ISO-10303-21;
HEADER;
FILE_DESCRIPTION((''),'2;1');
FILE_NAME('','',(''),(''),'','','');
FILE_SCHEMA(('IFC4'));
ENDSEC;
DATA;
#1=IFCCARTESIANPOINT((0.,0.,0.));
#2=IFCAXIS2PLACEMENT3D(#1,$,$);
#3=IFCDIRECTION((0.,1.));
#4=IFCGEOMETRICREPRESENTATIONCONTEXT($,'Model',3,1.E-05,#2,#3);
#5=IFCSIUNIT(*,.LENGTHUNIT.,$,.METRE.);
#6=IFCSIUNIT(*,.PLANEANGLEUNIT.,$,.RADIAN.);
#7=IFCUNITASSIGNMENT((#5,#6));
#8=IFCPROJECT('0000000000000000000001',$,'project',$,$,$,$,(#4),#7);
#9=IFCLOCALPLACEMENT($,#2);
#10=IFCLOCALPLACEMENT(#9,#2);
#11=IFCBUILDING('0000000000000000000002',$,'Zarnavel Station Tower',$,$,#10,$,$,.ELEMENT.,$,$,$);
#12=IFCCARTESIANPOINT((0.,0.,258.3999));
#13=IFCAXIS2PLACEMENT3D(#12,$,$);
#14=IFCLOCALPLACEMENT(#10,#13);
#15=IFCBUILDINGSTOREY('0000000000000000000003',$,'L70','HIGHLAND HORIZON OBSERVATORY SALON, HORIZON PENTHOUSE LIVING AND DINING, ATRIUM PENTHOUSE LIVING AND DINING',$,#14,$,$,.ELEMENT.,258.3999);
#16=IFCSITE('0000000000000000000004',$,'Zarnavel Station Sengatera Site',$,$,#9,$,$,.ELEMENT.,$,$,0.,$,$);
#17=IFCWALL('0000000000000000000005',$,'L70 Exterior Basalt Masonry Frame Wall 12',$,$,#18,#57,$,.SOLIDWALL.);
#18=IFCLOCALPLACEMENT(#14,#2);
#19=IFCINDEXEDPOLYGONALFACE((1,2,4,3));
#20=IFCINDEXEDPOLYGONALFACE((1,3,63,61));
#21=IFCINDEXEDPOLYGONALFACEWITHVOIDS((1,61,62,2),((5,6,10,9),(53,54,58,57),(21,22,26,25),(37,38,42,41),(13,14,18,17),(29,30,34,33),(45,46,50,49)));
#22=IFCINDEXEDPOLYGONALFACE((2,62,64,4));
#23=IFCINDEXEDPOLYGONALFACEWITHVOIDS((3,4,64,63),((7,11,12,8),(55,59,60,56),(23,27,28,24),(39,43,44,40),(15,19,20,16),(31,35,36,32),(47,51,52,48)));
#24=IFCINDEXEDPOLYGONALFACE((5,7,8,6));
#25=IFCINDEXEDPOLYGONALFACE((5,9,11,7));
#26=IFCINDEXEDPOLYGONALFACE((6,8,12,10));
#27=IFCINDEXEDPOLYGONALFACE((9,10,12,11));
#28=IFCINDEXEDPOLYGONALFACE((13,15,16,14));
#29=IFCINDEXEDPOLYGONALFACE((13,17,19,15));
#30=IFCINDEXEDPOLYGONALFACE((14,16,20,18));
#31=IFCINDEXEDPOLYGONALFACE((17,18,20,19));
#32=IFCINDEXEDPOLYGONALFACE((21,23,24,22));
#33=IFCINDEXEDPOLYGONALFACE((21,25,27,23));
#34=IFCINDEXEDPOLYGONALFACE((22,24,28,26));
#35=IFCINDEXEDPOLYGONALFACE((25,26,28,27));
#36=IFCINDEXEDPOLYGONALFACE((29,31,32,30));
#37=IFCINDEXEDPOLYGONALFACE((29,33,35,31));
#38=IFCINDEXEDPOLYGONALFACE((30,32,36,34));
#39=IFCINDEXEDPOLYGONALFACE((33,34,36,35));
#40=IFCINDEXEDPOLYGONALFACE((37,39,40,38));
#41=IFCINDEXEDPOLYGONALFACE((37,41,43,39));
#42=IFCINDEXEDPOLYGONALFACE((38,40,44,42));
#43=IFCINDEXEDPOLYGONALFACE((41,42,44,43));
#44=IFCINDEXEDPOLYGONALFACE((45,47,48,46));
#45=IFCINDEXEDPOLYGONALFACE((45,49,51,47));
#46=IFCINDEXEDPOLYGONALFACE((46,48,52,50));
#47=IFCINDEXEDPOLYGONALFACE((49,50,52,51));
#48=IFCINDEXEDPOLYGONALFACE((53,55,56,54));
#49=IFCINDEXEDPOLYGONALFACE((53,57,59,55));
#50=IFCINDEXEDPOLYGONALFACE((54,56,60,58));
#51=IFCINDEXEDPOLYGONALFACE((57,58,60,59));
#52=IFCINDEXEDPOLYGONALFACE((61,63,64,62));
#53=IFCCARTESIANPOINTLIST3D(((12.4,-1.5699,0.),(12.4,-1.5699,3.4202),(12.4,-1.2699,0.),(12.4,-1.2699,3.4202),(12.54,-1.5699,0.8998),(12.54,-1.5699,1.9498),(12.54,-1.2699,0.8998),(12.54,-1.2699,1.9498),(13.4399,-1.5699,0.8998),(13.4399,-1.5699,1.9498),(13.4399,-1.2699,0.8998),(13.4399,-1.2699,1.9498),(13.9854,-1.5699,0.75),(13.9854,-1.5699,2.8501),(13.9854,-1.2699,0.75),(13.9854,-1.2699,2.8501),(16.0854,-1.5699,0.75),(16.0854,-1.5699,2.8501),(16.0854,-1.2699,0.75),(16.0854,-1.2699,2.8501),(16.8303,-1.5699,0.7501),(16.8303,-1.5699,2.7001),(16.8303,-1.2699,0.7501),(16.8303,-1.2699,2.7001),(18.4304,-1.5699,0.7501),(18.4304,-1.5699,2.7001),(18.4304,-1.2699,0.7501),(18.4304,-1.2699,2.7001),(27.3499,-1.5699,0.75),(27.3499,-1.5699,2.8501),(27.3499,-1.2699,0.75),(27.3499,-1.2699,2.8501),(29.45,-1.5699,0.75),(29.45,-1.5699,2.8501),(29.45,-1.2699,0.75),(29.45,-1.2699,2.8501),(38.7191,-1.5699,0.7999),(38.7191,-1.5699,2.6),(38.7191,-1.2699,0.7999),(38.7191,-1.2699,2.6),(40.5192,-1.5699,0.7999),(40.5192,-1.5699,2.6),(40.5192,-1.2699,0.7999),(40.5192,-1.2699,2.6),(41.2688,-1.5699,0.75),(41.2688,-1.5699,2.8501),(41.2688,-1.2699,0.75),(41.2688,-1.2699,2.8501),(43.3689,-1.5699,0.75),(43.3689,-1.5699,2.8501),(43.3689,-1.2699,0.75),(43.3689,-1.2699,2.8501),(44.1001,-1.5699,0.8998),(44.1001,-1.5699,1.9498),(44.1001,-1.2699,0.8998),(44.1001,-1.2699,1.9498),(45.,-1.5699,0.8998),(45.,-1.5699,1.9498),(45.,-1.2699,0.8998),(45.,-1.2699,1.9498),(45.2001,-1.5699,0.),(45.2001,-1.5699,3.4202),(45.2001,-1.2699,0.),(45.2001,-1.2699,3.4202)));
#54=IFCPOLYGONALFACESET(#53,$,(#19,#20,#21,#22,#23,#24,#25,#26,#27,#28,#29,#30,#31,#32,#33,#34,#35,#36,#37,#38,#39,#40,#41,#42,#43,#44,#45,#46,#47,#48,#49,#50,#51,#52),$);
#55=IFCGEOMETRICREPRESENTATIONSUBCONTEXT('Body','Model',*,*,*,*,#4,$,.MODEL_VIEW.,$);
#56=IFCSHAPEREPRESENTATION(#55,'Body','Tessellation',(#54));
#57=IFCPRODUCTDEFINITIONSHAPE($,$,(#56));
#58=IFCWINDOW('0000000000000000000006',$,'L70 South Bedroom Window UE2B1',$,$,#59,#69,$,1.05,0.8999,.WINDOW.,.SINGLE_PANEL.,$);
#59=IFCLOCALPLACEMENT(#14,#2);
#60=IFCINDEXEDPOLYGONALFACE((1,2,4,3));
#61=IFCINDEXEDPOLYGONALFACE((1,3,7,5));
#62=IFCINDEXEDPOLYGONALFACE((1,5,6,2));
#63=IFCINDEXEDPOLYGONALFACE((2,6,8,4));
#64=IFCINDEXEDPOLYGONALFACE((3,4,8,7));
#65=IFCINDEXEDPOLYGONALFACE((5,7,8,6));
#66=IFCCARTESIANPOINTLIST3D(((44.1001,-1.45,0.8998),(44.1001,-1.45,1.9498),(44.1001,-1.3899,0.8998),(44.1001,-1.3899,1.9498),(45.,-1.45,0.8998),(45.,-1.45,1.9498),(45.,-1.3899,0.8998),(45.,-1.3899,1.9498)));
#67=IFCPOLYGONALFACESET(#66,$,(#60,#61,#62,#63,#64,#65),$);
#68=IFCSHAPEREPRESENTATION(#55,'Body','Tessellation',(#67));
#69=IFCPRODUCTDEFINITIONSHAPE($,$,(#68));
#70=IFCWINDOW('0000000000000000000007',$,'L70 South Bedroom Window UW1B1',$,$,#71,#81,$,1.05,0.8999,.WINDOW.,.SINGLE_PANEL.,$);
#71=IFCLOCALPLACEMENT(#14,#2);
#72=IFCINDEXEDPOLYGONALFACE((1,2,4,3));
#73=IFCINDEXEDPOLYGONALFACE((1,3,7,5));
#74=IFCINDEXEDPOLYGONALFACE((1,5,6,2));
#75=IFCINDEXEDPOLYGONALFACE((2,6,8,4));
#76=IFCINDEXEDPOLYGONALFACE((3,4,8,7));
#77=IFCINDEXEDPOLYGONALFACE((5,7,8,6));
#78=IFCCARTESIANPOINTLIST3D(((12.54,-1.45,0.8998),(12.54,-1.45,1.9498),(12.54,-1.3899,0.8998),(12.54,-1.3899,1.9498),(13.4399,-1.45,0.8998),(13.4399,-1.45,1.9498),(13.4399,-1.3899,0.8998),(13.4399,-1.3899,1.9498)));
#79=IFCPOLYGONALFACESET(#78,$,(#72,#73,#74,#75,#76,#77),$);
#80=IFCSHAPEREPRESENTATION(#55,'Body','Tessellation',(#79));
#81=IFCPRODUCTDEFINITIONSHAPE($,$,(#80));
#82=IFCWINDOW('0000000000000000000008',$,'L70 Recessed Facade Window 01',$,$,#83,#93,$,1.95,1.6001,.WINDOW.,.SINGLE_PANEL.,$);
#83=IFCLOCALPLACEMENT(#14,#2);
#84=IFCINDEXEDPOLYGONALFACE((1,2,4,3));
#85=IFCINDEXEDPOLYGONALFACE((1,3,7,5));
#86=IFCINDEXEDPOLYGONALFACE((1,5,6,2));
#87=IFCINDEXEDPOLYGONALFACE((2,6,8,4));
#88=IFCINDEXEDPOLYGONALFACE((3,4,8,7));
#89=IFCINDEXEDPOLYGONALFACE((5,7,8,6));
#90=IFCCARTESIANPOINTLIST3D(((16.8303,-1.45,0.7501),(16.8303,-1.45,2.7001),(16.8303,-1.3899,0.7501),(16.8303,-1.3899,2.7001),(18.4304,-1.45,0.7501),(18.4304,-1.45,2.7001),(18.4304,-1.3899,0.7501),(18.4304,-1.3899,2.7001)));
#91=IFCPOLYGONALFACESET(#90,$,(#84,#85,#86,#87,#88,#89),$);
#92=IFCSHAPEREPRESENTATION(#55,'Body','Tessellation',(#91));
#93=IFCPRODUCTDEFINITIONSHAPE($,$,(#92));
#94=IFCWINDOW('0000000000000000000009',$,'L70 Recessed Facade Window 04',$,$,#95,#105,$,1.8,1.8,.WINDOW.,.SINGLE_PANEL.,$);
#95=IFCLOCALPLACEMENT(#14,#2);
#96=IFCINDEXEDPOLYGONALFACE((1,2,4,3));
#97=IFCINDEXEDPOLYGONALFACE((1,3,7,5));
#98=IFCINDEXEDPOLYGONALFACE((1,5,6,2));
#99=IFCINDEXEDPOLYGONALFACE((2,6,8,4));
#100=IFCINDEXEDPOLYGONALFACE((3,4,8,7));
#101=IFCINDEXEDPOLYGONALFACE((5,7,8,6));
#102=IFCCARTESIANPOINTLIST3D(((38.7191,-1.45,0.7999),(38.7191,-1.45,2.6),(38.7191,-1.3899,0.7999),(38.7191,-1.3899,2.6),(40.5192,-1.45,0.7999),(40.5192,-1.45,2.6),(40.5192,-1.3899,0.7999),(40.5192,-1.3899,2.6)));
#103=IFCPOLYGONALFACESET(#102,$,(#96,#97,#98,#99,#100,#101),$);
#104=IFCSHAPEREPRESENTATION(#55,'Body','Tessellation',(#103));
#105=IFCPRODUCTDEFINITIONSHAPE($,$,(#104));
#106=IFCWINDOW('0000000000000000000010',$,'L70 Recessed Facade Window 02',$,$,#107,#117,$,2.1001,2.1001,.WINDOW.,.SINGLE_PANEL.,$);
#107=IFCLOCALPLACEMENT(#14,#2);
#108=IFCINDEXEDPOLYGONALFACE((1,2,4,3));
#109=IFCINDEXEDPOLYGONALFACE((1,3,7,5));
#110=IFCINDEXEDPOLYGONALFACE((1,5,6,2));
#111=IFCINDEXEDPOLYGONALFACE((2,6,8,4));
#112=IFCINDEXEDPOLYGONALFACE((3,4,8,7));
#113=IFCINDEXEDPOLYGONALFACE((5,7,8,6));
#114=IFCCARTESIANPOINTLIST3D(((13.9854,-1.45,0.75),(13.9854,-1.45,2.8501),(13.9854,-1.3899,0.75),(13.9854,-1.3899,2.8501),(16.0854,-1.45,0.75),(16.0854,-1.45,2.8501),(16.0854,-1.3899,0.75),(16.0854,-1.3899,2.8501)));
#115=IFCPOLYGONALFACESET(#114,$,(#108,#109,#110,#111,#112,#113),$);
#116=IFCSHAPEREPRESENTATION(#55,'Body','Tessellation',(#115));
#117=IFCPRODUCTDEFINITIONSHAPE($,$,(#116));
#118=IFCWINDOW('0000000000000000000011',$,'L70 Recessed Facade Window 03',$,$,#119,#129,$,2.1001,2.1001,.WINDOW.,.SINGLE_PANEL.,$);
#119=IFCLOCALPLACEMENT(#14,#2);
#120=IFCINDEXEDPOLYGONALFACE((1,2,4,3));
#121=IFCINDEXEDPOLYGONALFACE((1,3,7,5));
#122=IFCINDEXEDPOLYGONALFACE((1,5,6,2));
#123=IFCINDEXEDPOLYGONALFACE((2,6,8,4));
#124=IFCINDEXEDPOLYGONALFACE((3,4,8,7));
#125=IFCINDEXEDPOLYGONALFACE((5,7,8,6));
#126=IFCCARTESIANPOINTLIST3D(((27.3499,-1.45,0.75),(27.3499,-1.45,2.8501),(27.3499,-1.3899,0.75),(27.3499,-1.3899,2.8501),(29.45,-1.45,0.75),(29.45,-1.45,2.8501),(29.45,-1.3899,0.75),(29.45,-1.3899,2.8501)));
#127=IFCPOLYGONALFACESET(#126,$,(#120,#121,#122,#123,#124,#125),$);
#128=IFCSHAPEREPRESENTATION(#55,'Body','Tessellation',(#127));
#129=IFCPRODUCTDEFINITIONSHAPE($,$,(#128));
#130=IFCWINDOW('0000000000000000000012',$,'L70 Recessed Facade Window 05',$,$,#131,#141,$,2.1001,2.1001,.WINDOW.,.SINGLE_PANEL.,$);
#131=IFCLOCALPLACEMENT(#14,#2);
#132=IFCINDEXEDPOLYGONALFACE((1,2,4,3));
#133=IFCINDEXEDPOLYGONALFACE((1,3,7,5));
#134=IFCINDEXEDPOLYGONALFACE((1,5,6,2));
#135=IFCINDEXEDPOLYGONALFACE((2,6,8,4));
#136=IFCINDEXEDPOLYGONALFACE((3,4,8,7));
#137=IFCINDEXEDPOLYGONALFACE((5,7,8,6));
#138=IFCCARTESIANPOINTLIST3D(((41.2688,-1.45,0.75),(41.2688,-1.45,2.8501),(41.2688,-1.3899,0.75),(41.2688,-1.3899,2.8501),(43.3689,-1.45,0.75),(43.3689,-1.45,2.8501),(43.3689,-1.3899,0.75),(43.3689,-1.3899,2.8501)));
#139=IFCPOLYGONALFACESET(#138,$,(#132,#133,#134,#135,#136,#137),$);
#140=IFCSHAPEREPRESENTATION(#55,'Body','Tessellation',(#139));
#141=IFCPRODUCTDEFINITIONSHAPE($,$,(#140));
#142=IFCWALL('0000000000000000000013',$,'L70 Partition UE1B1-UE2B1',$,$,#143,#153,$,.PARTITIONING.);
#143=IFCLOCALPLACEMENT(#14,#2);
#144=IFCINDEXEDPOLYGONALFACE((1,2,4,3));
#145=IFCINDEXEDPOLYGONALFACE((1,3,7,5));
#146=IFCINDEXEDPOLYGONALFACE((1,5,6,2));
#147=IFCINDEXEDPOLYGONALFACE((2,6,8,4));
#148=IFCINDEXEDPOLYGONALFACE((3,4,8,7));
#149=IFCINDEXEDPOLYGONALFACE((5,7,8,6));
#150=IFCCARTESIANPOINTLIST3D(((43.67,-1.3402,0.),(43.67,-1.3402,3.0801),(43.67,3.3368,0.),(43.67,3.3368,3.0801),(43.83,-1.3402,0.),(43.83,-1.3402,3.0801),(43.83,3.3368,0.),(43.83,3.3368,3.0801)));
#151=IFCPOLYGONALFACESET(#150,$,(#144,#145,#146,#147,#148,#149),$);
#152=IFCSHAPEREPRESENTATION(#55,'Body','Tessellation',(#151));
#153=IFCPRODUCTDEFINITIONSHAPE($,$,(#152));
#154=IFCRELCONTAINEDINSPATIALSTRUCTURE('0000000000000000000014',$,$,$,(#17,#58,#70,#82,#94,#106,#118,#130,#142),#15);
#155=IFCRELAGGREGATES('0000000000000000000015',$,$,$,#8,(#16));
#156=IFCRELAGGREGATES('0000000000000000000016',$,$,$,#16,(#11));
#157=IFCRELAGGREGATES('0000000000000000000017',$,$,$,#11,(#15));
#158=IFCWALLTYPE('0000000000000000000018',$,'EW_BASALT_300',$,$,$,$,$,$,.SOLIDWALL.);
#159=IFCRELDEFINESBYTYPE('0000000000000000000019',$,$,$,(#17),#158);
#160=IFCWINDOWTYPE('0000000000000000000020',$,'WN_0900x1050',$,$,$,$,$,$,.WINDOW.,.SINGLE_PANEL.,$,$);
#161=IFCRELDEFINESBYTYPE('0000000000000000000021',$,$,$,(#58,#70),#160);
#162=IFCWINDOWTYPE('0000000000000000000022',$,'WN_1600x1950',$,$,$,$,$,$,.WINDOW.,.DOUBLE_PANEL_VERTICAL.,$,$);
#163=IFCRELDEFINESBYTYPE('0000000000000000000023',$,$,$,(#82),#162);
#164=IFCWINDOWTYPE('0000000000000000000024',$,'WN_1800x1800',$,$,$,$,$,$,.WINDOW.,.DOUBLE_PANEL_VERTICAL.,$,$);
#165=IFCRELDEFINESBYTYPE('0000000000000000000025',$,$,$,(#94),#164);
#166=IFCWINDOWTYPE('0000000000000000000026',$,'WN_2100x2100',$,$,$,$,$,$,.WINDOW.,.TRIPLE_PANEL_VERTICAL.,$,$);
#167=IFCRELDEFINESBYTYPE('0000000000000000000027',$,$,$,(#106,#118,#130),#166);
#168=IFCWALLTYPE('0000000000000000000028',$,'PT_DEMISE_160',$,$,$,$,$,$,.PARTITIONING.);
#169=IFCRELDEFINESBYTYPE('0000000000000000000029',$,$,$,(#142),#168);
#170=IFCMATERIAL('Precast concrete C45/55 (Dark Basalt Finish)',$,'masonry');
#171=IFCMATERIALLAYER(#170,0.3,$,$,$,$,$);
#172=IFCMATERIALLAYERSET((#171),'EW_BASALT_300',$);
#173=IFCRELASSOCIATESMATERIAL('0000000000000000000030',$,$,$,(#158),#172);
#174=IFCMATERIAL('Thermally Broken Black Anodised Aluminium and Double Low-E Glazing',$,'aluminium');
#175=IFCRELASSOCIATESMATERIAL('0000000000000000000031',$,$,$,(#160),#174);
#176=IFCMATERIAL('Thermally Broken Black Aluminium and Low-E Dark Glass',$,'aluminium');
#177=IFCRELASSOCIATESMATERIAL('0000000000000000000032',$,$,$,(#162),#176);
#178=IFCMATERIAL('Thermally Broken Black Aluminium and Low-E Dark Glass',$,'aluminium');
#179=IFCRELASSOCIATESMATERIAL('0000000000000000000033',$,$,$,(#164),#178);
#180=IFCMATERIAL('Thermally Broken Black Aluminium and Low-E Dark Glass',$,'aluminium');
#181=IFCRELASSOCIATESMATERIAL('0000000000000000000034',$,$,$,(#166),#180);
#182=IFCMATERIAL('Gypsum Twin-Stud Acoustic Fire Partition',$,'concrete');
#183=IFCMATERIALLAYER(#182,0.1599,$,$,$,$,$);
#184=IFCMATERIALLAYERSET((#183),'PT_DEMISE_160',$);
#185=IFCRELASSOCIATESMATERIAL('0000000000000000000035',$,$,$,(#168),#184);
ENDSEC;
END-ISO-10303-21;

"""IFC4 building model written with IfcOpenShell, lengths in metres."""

from ifc_helpers import new_model, si_unit, direction, frame, frame_2d, origin, place, context, subcontext, project, spatial, rectangle, extrude, material, layer, layer_set, type_object, element, fill, save


model = new_model("IFC4")

# Units and contexts
model_context = context("Model", 3, precision=1e-05, world=origin(), true_north=direction((0.0, 1.0)))
body_context = subcontext(model_context, "Body", "Model", "MODEL_VIEW")
ifc_project = project(units=[si_unit("LENGTHUNIT", "METRE"), si_unit("PLANEANGLEUNIT", "RADIAN")], contexts=[model_context])

# Site, building, storey
site_placement = place(None, origin())
site = spatial("IfcSite", under=ifc_project, at=site_placement, Name="Zarnavel Station Sengatera Site", CompositionType="ELEMENT", RefElevation=0.0)
building_placement = place(site_placement, origin())
building = spatial("IfcBuilding", under=site, at=building_placement, Name="Zarnavel Station Tower", CompositionType="ELEMENT")
storey_placement = place(building_placement, frame((0.0, 0.0, 258.3999)))
storey = spatial("IfcBuildingStorey", under=building, at=storey_placement, Name="L70", Description="HIGHLAND HORIZON OBSERVATORY SALON, HORIZON PENTHOUSE LIVING AND DINING, ATRIUM PENTHOUSE LIVING AND DINING", CompositionType="ELEMENT", Elevation=258.3999)

# Shared definitions
ifc_material_1 = material(Name="Precast concrete C45/55 (Dark Basalt Finish)", Category="masonry")
ifc_layer_1 = layer(ifc_material_1, 0.3)
ifc_layer_set_1 = layer_set([ifc_layer_1], Name="EW_BASALT_300")
wall_type_1 = type_object("IfcWallType", Name="EW_BASALT_300", PredefinedType="SOLIDWALL", material=ifc_layer_set_1)

# Wall, openings, windows
wall_1_placement = place(storey_placement, frame((45.2, -1.4199, 0.0), z_axis=(0.0, 0.0, 1.0), x_axis=(-1.0, 0.0, 0.0)))
wall_1 = element("IfcWall", 1, at=wall_1_placement, inside=storey, type_object=wall_type_1, Name="L70 Exterior Basalt Masonry Frame Wall 12", PredefinedType="SOLIDWALL", context=body_context, shape_type="SweptSolid", body=[
    extrude(rectangle(XDim=32.8, YDim=0.3, at=frame_2d((16.3999, 0.0))), origin(), (0.0, 0.0, 1.0), 3.4202),
])
opening_1_placement = place(wall_1_placement, frame((26.7695, 0.0, 0.75)))
opening_1 = element("IfcOpeningElement", 2, at=opening_1_placement, cuts=wall_1, PredefinedType="OPENING", context=body_context, shape_type="SweptSolid", body=[
    extrude(rectangle(XDim=1.6001, YDim=1.95, at=frame_2d((0.8, 0.9751))), frame((0.0, 0.1599, 0.0), z_axis=(0.0, -1.0, 0.0), x_axis=(1.0, 0.0, 0.0)), (0.0, 0.0, 1.0), 0.3201),
])
opening_2_placement = place(wall_1_placement, frame((29.1145, 0.0, 0.75)))
opening_2 = element("IfcOpeningElement", 3, at=opening_2_placement, cuts=wall_1, PredefinedType="OPENING", context=body_context, shape_type="SweptSolid", body=[
    extrude(rectangle(XDim=2.1001, YDim=2.1001, at=frame_2d((1.05, 1.05))), frame((0.0, 0.1599, 0.0), z_axis=(0.0, -1.0, 0.0), x_axis=(1.0, 0.0, 0.0)), (0.0, 0.0, 1.0), 0.3201),
])
opening_3_placement = place(wall_1_placement, frame((15.75, 0.0, 0.75)))
opening_3 = element("IfcOpeningElement", 4, at=opening_3_placement, cuts=wall_1, PredefinedType="OPENING", context=body_context, shape_type="SweptSolid", body=[
    extrude(rectangle(XDim=2.1001, YDim=2.1001, at=frame_2d((1.05, 1.05))), frame((0.0, 0.1599, 0.0), z_axis=(0.0, -1.0, 0.0), x_axis=(1.0, 0.0, 0.0)), (0.0, 0.0, 1.0), 0.3201),
])
opening_4_placement = place(wall_1_placement, frame((4.6809, 0.0, 0.8)))
opening_4 = element("IfcOpeningElement", 5, at=opening_4_placement, cuts=wall_1, PredefinedType="OPENING", context=body_context, shape_type="SweptSolid", body=[
    extrude(rectangle(XDim=1.8, YDim=1.8, at=frame_2d((0.8999, 0.8999))), frame((0.0, 0.1599, 0.0), z_axis=(0.0, -1.0, 0.0), x_axis=(1.0, 0.0, 0.0)), (0.0, 0.0, 1.0), 0.3201),
])
opening_5_placement = place(wall_1_placement, frame((1.8311, 0.0, 0.75)))
opening_5 = element("IfcOpeningElement", 6, at=opening_5_placement, cuts=wall_1, PredefinedType="OPENING", context=body_context, shape_type="SweptSolid", body=[
    extrude(rectangle(XDim=2.1001, YDim=2.1001, at=frame_2d((1.05, 1.05))), frame((0.0, 0.1599, 0.0), z_axis=(0.0, -1.0, 0.0), x_axis=(1.0, 0.0, 0.0)), (0.0, 0.0, 1.0), 0.3201),
])
opening_6_placement = place(wall_1_placement, frame((0.2, 0.0, 0.8999)))
opening_6 = element("IfcOpeningElement", 7, at=opening_6_placement, cuts=wall_1, PredefinedType="OPENING", context=body_context, shape_type="SweptSolid", body=[
    extrude(rectangle(XDim=0.8999, YDim=1.05, at=frame_2d((0.45, 0.5249))), frame((0.0, 0.1599, 0.0), z_axis=(0.0, -1.0, 0.0), x_axis=(1.0, 0.0, 0.0)), (0.0, 0.0, 1.0), 0.3201),
])
opening_7_placement = place(wall_1_placement, frame((31.76, 0.0, 0.8999)))
opening_7 = element("IfcOpeningElement", 8, at=opening_7_placement, cuts=wall_1, PredefinedType="OPENING", context=body_context, shape_type="SweptSolid", body=[
    extrude(rectangle(XDim=0.8999, YDim=1.05, at=frame_2d((0.45, 0.5249))), frame((0.0, 0.1599, 0.0), z_axis=(0.0, -1.0, 0.0), x_axis=(1.0, 0.0, 0.0)), (0.0, 0.0, 1.0), 0.3201),
])
ifc_material_2 = material(Name="Thermally Broken Black Anodised Aluminium and Double Low-E Glazing", Category="aluminium")
window_type_1 = type_object("IfcWindowType", Name="WN_0900x1050", PartitioningType="SINGLE_PANEL", PredefinedType="WINDOW", material=ifc_material_2)
window_1_placement = place(opening_6_placement, origin())
window_1 = element("IfcWindow", 9, at=window_1_placement, inside=storey, type_object=window_type_1, Name="L70 South Bedroom Window UE2B1", OverallHeight=1.05, OverallWidth=0.8999, PartitioningType="SINGLE_PANEL", PredefinedType="WINDOW", context=body_context, shape_type="SweptSolid", body=[
    extrude(rectangle(XDim=0.8999, YDim=1.05, at=frame_2d((0.45, 0.5249))), frame((0.0, 0.03, 0.0), z_axis=(0.0, -1.0, 0.0), x_axis=(1.0, 0.0, 0.0)), (0.0, 0.0, 1.0), 0.0601),
])
fill(opening_6, window_1)
window_2_placement = place(opening_7_placement, origin())
window_2 = element("IfcWindow", 10, at=window_2_placement, inside=storey, type_object=window_type_1, Name="L70 South Bedroom Window UW1B1", OverallHeight=1.05, OverallWidth=0.8999, PartitioningType="SINGLE_PANEL", PredefinedType="WINDOW", context=body_context, shape_type="SweptSolid", body=[
    extrude(rectangle(XDim=0.8999, YDim=1.05, at=frame_2d((0.45, 0.5249))), frame((0.0, 0.03, 0.0), z_axis=(0.0, -1.0, 0.0), x_axis=(1.0, 0.0, 0.0)), (0.0, 0.0, 1.0), 0.0601),
])
fill(opening_7, window_2)
ifc_material_3 = material(Name="Thermally Broken Black Aluminium and Low-E Dark Glass", Category="aluminium")
window_type_2 = type_object("IfcWindowType", Name="WN_1600x1950", PartitioningType="DOUBLE_PANEL_VERTICAL", PredefinedType="WINDOW", material=ifc_material_3)
window_3_placement = place(opening_1_placement, origin())
window_3 = element("IfcWindow", 11, at=window_3_placement, inside=storey, type_object=window_type_2, Name="L70 Recessed Facade Window 01", OverallHeight=1.95, OverallWidth=1.6001, PartitioningType="SINGLE_PANEL", PredefinedType="WINDOW", context=body_context, shape_type="SweptSolid", body=[
    extrude(rectangle(XDim=1.6001, YDim=1.95, at=frame_2d((0.8, 0.9751))), frame((0.0, 0.03, 0.0), z_axis=(0.0, -1.0, 0.0), x_axis=(1.0, 0.0, 0.0)), (0.0, 0.0, 1.0), 0.0601),
])
fill(opening_1, window_3)
ifc_material_4 = material(Name="Thermally Broken Black Aluminium and Low-E Dark Glass", Category="aluminium")
window_type_3 = type_object("IfcWindowType", Name="WN_1800x1800", PartitioningType="DOUBLE_PANEL_VERTICAL", PredefinedType="WINDOW", material=ifc_material_4)
window_4_placement = place(opening_4_placement, origin())
window_4 = element("IfcWindow", 12, at=window_4_placement, inside=storey, type_object=window_type_3, Name="L70 Recessed Facade Window 04", OverallHeight=1.8, OverallWidth=1.8, PartitioningType="SINGLE_PANEL", PredefinedType="WINDOW", context=body_context, shape_type="SweptSolid", body=[
    extrude(rectangle(XDim=1.8, YDim=1.8, at=frame_2d((0.8999, 0.8999))), frame((0.0, 0.03, 0.0), z_axis=(0.0, -1.0, 0.0), x_axis=(1.0, 0.0, 0.0)), (0.0, 0.0, 1.0), 0.0601),
])
fill(opening_4, window_4)
ifc_material_5 = material(Name="Thermally Broken Black Aluminium and Low-E Dark Glass", Category="aluminium")
window_type_4 = type_object("IfcWindowType", Name="WN_2100x2100", PartitioningType="TRIPLE_PANEL_VERTICAL", PredefinedType="WINDOW", material=ifc_material_5)
window_5_placement = place(opening_2_placement, origin())
window_5 = element("IfcWindow", 13, at=window_5_placement, inside=storey, type_object=window_type_4, Name="L70 Recessed Facade Window 02", OverallHeight=2.1001, OverallWidth=2.1001, PartitioningType="SINGLE_PANEL", PredefinedType="WINDOW", context=body_context, shape_type="SweptSolid", body=[
    extrude(rectangle(XDim=2.1001, YDim=2.1001, at=frame_2d((1.05, 1.05))), frame((0.0, 0.03, 0.0), z_axis=(0.0, -1.0, 0.0), x_axis=(1.0, 0.0, 0.0)), (0.0, 0.0, 1.0), 0.0601),
])
fill(opening_2, window_5)
window_6_placement = place(opening_3_placement, origin())
window_6 = element("IfcWindow", 14, at=window_6_placement, inside=storey, type_object=window_type_4, Name="L70 Recessed Facade Window 03", OverallHeight=2.1001, OverallWidth=2.1001, PartitioningType="SINGLE_PANEL", PredefinedType="WINDOW", context=body_context, shape_type="SweptSolid", body=[
    extrude(rectangle(XDim=2.1001, YDim=2.1001, at=frame_2d((1.05, 1.05))), frame((0.0, 0.03, 0.0), z_axis=(0.0, -1.0, 0.0), x_axis=(1.0, 0.0, 0.0)), (0.0, 0.0, 1.0), 0.0601),
])
fill(opening_3, window_6)
window_7_placement = place(opening_5_placement, origin())
window_7 = element("IfcWindow", 15, at=window_7_placement, inside=storey, type_object=window_type_4, Name="L70 Recessed Facade Window 05", OverallHeight=2.1001, OverallWidth=2.1001, PartitioningType="SINGLE_PANEL", PredefinedType="WINDOW", context=body_context, shape_type="SweptSolid", body=[
    extrude(rectangle(XDim=2.1001, YDim=2.1001, at=frame_2d((1.05, 1.05))), frame((0.0, 0.03, 0.0), z_axis=(0.0, -1.0, 0.0), x_axis=(1.0, 0.0, 0.0)), (0.0, 0.0, 1.0), 0.0601),
])
fill(opening_5, window_7)

# Wall
ifc_material_6 = material(Name="Gypsum Twin-Stud Acoustic Fire Partition", Category="concrete")
ifc_layer_2 = layer(ifc_material_6, 0.1599)
ifc_layer_set_2 = layer_set([ifc_layer_2], Name="PT_DEMISE_160")
wall_type_2 = type_object("IfcWallType", Name="PT_DEMISE_160", PredefinedType="PARTITIONING", material=ifc_layer_set_2)
wall_2_placement = place(storey_placement, frame((43.75, -1.3401, 0.0), z_axis=(0.0, 0.0, 1.0), x_axis=(0.0, 1.0, 0.0)))
element("IfcWall", 16, at=wall_2_placement, inside=storey, type_object=wall_type_2, Name="L70 Partition UE1B1-UE2B1", PredefinedType="PARTITIONING", context=body_context, shape_type="SweptSolid", body=[
    extrude(rectangle(XDim=4.677, YDim=0.1599, at=frame_2d((2.3384, 0.0))), origin(), (0.0, 0.0, 1.0), 3.0801),
])

save(model, "model.ifc")
